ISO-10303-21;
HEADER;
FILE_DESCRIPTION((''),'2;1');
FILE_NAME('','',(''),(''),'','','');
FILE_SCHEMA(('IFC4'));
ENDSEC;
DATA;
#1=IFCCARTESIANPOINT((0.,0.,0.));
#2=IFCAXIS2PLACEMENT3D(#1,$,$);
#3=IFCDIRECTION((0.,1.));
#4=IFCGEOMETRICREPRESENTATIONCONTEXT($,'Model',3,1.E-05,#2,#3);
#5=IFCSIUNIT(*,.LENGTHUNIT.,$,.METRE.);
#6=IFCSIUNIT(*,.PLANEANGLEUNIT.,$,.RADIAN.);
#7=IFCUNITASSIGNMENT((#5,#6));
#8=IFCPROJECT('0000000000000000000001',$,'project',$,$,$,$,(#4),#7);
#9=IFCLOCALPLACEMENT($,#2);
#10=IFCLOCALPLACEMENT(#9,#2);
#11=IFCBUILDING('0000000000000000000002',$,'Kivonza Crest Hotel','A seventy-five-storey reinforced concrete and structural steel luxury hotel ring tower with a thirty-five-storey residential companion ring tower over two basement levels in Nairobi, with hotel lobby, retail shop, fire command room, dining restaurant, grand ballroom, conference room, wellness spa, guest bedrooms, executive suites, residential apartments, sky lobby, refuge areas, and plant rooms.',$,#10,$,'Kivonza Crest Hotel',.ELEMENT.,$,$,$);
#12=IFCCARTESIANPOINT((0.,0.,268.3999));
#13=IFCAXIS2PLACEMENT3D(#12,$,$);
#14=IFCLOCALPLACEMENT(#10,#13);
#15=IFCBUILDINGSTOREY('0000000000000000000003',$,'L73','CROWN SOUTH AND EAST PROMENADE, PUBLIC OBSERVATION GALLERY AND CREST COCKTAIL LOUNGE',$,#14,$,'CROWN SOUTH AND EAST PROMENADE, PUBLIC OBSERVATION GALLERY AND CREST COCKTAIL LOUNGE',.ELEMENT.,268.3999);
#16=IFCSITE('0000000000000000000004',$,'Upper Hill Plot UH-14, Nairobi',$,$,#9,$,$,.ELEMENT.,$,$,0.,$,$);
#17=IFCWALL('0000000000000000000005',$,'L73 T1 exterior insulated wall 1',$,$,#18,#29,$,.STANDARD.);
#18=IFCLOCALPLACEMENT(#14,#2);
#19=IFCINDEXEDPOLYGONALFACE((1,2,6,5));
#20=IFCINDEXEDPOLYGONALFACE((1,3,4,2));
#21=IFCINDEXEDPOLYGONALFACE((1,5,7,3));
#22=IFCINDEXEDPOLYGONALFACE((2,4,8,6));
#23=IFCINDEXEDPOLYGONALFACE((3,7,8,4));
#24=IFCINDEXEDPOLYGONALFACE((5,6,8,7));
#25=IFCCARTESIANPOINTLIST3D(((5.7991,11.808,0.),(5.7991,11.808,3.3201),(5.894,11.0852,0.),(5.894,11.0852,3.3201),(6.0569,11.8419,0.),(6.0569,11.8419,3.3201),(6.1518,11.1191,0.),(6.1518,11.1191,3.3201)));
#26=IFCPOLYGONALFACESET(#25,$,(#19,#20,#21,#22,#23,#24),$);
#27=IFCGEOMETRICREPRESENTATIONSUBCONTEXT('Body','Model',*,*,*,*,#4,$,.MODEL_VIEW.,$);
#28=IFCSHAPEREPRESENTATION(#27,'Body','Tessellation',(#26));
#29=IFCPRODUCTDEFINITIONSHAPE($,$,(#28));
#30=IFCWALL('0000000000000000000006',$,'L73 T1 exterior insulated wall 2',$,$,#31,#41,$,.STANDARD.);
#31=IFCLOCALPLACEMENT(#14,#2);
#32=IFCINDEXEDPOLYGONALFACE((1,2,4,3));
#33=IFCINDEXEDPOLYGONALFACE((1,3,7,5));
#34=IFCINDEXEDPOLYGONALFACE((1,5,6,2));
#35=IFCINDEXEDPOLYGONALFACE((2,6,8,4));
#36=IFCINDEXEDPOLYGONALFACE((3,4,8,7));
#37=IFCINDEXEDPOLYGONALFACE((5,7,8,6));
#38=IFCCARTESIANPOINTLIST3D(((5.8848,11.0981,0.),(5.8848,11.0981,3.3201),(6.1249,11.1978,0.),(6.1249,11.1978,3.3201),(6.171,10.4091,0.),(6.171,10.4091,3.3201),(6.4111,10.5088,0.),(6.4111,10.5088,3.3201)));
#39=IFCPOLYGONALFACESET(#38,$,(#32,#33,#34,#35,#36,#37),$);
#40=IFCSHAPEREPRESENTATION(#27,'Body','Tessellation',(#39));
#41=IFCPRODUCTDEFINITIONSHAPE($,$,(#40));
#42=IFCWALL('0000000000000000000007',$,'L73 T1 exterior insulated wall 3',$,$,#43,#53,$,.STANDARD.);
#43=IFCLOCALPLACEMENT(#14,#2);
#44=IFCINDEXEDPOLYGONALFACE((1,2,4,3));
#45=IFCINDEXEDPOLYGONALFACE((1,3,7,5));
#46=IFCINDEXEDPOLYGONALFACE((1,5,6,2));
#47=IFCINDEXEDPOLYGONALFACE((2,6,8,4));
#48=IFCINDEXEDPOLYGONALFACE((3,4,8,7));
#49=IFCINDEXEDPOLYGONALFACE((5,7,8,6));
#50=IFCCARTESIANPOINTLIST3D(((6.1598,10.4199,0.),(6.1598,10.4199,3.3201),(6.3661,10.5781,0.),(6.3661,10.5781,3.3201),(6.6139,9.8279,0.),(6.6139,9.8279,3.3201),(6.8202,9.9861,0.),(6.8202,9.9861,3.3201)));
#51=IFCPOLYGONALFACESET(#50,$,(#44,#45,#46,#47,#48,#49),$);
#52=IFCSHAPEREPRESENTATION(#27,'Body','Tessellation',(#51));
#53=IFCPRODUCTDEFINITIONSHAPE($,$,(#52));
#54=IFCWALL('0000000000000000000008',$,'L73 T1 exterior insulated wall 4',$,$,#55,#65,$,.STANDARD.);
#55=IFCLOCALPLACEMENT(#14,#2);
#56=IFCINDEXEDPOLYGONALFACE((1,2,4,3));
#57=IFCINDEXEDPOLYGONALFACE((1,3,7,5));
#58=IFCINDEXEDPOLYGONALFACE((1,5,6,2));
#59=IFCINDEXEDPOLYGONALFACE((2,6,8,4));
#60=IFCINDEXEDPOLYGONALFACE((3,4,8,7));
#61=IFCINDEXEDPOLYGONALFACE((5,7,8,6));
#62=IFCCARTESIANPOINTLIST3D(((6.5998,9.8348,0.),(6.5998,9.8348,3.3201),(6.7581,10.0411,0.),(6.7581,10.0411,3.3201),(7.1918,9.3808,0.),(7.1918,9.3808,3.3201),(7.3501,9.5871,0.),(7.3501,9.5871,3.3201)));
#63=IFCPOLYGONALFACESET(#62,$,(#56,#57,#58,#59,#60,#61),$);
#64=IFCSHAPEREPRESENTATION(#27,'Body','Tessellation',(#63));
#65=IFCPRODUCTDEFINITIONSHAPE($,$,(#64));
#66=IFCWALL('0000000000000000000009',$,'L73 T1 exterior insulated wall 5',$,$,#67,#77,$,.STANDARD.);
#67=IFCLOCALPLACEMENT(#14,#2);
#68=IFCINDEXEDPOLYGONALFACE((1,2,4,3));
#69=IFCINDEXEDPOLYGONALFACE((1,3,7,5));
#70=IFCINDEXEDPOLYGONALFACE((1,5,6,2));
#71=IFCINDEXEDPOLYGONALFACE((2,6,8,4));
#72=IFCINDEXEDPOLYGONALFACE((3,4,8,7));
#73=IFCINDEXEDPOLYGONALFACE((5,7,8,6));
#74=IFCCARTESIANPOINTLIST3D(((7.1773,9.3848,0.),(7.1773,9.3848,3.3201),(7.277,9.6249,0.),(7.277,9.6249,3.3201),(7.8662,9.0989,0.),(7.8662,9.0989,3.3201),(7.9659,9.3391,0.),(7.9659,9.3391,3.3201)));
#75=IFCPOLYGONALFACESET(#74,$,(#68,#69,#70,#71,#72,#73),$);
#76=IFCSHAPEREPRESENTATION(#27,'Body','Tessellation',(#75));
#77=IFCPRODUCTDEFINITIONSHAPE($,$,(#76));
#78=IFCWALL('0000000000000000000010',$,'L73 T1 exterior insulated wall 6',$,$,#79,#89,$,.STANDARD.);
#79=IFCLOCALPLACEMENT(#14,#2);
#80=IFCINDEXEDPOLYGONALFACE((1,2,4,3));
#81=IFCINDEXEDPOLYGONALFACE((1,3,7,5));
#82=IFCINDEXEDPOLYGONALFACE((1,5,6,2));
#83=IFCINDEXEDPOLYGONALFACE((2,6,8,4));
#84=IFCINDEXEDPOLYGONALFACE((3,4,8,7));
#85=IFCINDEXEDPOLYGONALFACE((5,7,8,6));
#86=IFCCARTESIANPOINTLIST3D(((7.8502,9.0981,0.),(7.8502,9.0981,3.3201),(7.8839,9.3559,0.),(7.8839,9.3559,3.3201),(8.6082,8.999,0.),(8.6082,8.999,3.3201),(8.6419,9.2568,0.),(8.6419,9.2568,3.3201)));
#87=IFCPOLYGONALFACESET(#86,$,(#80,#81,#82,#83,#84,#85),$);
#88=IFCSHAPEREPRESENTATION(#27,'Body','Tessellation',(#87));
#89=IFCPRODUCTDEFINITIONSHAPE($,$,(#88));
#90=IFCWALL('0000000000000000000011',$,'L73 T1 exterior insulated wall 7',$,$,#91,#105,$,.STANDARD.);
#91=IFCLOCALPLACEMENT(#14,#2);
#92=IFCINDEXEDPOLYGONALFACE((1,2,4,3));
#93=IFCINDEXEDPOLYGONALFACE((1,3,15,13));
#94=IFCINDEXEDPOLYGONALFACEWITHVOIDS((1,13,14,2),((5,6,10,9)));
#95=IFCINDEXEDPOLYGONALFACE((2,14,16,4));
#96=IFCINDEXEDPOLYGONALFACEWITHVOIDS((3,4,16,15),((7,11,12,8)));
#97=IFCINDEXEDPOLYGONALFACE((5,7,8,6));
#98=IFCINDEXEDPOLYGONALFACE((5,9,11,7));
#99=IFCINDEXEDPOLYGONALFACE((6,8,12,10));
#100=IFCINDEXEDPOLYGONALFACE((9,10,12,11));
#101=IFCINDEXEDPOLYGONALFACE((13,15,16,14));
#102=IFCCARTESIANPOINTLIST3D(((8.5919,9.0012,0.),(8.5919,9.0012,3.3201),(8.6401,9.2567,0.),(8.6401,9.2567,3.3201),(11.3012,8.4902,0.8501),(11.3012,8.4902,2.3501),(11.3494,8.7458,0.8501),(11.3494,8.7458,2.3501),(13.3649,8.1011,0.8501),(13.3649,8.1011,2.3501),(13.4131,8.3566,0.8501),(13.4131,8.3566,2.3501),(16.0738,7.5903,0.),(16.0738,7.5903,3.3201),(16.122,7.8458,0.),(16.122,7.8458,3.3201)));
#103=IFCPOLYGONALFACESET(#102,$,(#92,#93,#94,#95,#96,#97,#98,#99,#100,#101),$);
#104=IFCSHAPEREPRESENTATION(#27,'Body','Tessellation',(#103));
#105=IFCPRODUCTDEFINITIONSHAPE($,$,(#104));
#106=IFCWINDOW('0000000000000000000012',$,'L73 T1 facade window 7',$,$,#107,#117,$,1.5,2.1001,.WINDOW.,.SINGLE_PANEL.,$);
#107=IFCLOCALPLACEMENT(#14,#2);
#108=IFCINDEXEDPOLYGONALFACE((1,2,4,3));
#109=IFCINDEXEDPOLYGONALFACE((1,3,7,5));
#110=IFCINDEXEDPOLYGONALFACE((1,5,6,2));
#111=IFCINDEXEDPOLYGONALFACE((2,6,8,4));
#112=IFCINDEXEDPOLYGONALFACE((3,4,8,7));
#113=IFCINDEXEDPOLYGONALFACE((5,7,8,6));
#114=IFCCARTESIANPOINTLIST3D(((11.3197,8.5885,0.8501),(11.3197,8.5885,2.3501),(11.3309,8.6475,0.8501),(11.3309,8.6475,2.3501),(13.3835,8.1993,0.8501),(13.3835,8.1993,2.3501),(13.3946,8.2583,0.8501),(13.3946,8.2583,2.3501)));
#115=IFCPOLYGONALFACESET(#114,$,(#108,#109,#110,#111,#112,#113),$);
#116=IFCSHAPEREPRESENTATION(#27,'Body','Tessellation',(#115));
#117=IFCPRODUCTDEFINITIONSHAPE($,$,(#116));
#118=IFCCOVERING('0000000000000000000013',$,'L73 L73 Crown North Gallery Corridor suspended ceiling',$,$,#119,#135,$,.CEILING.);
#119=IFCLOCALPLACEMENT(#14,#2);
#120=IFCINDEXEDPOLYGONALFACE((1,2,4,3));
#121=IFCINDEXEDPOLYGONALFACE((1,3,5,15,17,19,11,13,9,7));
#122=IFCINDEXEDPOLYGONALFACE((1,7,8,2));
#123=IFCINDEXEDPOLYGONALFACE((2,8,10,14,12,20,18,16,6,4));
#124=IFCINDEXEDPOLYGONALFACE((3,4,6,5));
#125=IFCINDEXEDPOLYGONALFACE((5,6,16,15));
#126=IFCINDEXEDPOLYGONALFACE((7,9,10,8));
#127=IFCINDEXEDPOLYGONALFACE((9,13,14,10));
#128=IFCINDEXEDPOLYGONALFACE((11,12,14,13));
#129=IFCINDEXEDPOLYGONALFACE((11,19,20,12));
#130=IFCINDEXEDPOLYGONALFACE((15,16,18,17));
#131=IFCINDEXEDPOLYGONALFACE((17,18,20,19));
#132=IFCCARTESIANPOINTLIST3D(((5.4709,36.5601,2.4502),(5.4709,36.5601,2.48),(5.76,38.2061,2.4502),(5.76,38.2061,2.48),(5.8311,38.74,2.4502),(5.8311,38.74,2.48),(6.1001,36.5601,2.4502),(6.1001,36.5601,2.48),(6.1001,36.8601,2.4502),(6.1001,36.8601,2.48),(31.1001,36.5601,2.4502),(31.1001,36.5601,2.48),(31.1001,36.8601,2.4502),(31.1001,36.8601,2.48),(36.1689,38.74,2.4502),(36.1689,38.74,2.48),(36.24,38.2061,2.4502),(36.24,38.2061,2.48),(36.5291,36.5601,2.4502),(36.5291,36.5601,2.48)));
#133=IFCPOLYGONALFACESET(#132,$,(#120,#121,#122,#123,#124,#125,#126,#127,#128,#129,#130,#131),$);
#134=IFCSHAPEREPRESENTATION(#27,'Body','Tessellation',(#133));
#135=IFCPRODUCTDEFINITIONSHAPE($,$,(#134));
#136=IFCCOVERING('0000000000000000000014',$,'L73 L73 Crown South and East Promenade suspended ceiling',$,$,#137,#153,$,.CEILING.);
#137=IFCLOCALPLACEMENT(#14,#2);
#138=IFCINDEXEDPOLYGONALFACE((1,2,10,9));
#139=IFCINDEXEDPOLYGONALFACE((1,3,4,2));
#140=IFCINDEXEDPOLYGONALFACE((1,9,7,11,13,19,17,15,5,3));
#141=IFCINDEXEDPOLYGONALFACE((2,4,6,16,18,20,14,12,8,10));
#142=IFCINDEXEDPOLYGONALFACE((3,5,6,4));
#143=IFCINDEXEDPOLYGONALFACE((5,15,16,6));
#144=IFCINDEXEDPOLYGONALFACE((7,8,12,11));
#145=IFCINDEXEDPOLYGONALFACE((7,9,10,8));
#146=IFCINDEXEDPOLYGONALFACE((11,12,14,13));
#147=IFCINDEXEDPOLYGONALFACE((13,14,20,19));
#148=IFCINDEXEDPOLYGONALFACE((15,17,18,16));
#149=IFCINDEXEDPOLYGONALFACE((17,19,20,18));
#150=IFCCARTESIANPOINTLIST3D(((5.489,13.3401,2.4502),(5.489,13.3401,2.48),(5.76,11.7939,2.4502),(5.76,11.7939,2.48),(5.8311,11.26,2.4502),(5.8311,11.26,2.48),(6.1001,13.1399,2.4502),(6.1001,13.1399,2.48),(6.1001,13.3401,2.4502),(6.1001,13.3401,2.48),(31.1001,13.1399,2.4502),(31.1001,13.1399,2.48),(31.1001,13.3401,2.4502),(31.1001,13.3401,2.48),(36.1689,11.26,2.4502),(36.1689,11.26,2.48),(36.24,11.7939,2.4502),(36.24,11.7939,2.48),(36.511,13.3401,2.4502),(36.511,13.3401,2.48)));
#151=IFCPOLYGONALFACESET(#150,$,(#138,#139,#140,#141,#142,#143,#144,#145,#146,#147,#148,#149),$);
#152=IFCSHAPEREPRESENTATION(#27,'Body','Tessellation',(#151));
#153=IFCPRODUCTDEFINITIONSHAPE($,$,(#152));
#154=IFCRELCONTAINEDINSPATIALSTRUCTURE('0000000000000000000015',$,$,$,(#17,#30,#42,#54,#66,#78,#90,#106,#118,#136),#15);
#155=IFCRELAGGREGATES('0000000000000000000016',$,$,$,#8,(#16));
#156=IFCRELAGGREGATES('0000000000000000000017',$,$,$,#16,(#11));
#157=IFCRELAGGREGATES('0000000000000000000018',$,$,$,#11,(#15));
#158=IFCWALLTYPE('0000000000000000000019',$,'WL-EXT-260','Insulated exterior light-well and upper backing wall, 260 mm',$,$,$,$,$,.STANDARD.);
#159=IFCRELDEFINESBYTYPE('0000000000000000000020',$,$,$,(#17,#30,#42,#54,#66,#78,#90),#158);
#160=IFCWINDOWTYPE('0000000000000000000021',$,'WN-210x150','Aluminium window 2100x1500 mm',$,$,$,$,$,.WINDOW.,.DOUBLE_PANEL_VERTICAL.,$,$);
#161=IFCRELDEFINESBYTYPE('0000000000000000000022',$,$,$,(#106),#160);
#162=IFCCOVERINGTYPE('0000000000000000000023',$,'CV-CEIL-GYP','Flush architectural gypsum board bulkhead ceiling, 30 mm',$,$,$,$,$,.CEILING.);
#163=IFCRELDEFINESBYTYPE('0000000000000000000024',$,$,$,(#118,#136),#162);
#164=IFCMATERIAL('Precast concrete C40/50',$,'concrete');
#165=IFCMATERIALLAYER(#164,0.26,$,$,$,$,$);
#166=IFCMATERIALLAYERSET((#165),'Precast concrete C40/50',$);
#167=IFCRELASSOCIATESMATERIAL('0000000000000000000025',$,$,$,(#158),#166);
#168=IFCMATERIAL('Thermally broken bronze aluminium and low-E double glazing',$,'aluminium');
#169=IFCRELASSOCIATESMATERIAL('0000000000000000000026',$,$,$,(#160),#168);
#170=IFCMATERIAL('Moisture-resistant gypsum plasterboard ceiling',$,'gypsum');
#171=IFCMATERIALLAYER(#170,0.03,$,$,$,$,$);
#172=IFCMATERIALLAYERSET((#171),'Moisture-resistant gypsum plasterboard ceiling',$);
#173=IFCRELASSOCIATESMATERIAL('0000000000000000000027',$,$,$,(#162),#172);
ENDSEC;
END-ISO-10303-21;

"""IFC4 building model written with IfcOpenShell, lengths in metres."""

from ifc_helpers import new_model, si_unit, direction, frame, frame_2d, origin, place, context, subcontext, project, spatial, polyline, rectangle, outline, extrude, material, layer, layer_set, type_object, element, fill, save


model = new_model("IFC4")

# Units and contexts
model_context = context("Model", 3, precision=1e-05, world=origin(), true_north=direction((0.0, 1.0)))
body_context = subcontext(model_context, "Body", "Model", "MODEL_VIEW")
ifc_project = project(units=[si_unit("LENGTHUNIT", "METRE"), si_unit("PLANEANGLEUNIT", "RADIAN")], contexts=[model_context])

# Site, building, storey
site_placement = place(None, origin())
site = spatial("IfcSite", under=ifc_project, at=site_placement, Name="Upper Hill Plot UH-14, Nairobi", CompositionType="ELEMENT", RefElevation=0.0)
building_placement = place(site_placement, origin())
building = spatial("IfcBuilding", under=site, at=building_placement, Name="Kivonza Crest Hotel", Description="A seventy-five-storey reinforced concrete and structural steel luxury hotel ring tower with a thirty-five-storey residential companion ring tower over two basement levels in Nairobi, with hotel lobby, retail shop, fire command room, dining restaurant, grand ballroom, conference room, wellness spa, guest bedrooms, executive suites, residential apartments, sky lobby, refuge areas, and plant rooms.", LongName="Kivonza Crest Hotel", CompositionType="ELEMENT")
storey_placement = place(building_placement, frame((0.0, 0.0, 268.3999)))
storey = spatial("IfcBuildingStorey", under=building, at=storey_placement, Name="L73", Description="CROWN SOUTH AND EAST PROMENADE, PUBLIC OBSERVATION GALLERY AND CREST COCKTAIL LOUNGE", LongName="CROWN SOUTH AND EAST PROMENADE, PUBLIC OBSERVATION GALLERY AND CREST COCKTAIL LOUNGE", CompositionType="ELEMENT", Elevation=268.3999)

# Walls
ifc_material_1 = material(Name="Precast concrete C40/50", Category="concrete")
ifc_layer_1 = layer(ifc_material_1, 0.26)
ifc_layer_set_1 = layer_set([ifc_layer_1], Name="Precast concrete C40/50")
wall_type_1 = type_object("IfcWallType", Name="WL-EXT-260", Description="Insulated exterior light-well and upper backing wall, 260 mm", PredefinedType="STANDARD", material=ifc_layer_set_1)
wall_1_placement = place(storey_placement, frame((5.928, 11.825, 0.0), z_axis=(0.0, 0.0, 1.0), x_axis=(0.130255, -0.99148, 0.0)))
element("IfcWall", 1, at=wall_1_placement, inside=storey, type_object=wall_type_1, Name="L73 T1 exterior insulated wall 1", PredefinedType="STANDARD", context=body_context, shape_type="SweptSolid", body=[
    extrude(rectangle(XDim=0.729, YDim=0.26, at=frame_2d((0.3645, 0.0))), origin(), (0.0, 0.0, 1.0), 3.3201),
])
for number, where, z_axis, x_axis, name in (
    (2, (6.0049, 11.1479, 0.0), (0.0, 0.0, 1.0), (0.383546, -0.923522, 0.0), "L73 T1 exterior insulated wall 2"),
    (3, (6.2629, 10.499, 0.0), (0.0, 0.0, 1.0), (0.608603, -0.793475, 0.0), "L73 T1 exterior insulated wall 3"),
    (4, (6.679, 9.938, 0.0), (0.0, 0.0, 1.0), (0.793475, -0.608603, 0.0), "L73 T1 exterior insulated wall 4"),
):
    element("IfcWall", number, at=place(storey_placement, frame(where, z_axis=z_axis, x_axis=x_axis)), inside=storey, type_object=wall_type_1, Name=name, PredefinedType="STANDARD", context=body_context, shape_type="SweptSolid", body=[
        extrude(rectangle(XDim=0.7461, YDim=0.26, at=frame_2d((0.373, 0.0))), origin(), (0.0, 0.0, 1.0), 3.3201),
    ])
wall_2_placement = place(storey_placement, frame((7.2271, 9.5049, 0.0), z_axis=(0.0, 0.0, 1.0), x_axis=(0.923638, -0.383267, 0.0)))
element("IfcWall", 5, at=wall_2_placement, inside=storey, type_object=wall_type_1, Name="L73 T1 exterior insulated wall 5", PredefinedType="STANDARD", context=body_context, shape_type="SweptSolid", body=[
    extrude(rectangle(XDim=0.7458, YDim=0.26, at=frame_2d((0.373, 0.0))), origin(), (0.0, 0.0, 1.0), 3.3201),
])
wall_3_placement = place(storey_placement, frame((7.8669, 9.2271, 0.0), z_axis=(0.0, 0.0, 1.0), x_axis=(0.991559, -0.129653, 0.0)))
element("IfcWall", 6, at=wall_3_placement, inside=storey, type_object=wall_type_1, Name="L73 T1 exterior insulated wall 6", PredefinedType="STANDARD", context=body_context, shape_type="SweptSolid", body=[
    extrude(rectangle(XDim=0.7644, YDim=0.26, at=frame_2d((0.3823, 0.0))), origin(), (0.0, 0.0, 1.0), 3.3201),
])

# Wall, opening, window
wall_4_placement = place(storey_placement, frame((8.616, 9.1289, 0.0), z_axis=(0.0, 0.0, 1.0), x_axis=(0.982681, -0.185307, 0.0)))
wall_4 = element("IfcWall", 7, at=wall_4_placement, inside=storey, type_object=wall_type_1, Name="L73 T1 exterior insulated wall 7", PredefinedType="STANDARD", context=body_context, shape_type="SweptSolid", body=[
    extrude(rectangle(XDim=7.6138, YDim=0.26, at=frame_2d((3.8069, 0.0))), origin(), (0.0, 0.0, 1.0), 3.3201),
])
opening_1_placement = place(wall_4_placement, frame((2.7571, 0.0, 0.8501)))
opening_1 = element("IfcOpeningElement", 8, at=opening_1_placement, cuts=wall_4, PredefinedType="OPENING", context=body_context, shape_type="SweptSolid", body=[
    extrude(rectangle(XDim=2.1001, YDim=1.5, at=frame_2d((1.05, 0.75))), frame((0.0, 0.1401, 0.0), z_axis=(0.0, -1.0, 0.0), x_axis=(1.0, 0.0, 0.0)), (0.0, 0.0, 1.0), 0.28),
])
ifc_material_2 = material(Name="Thermally broken bronze aluminium and low-E double glazing", Category="aluminium")
window_type = type_object("IfcWindowType", Name="WN-210x150", Description="Aluminium window 2100x1500 mm", PartitioningType="DOUBLE_PANEL_VERTICAL", PredefinedType="WINDOW", material=ifc_material_2)
window_placement = place(opening_1_placement, origin())
window = element("IfcWindow", 9, at=window_placement, inside=storey, type_object=window_type, Name="L73 T1 facade window 7", OverallHeight=1.5, OverallWidth=2.1001, PartitioningType="SINGLE_PANEL", PredefinedType="WINDOW", context=body_context, shape_type="SweptSolid", body=[
    extrude(rectangle(XDim=2.1001, YDim=1.5, at=frame_2d((1.05, 0.75))), frame((0.0, 0.03, 0.0), z_axis=(0.0, -1.0, 0.0), x_axis=(1.0, 0.0, 0.0)), (0.0, 0.0, 1.0), 0.0601),
])
fill(opening_1, window)

# Coverings
ifc_material_3 = material(Name="Moisture-resistant gypsum plasterboard ceiling", Category="gypsum")
ifc_layer_2 = layer(ifc_material_3, 0.03)
ifc_layer_set_2 = layer_set([ifc_layer_2], Name="Moisture-resistant gypsum plasterboard ceiling")
covering_type = type_object("IfcCoveringType", Name="CV-CEIL-GYP", Description="Flush architectural gypsum board bulkhead ceiling, 30 mm", PredefinedType="CEILING", material=ifc_layer_set_2)
covering_1_placement = place(storey_placement, frame((0.0, 0.0, 2.4502)))
element("IfcCovering", 10, at=covering_1_placement, inside=storey, type_object=covering_type, Name="L73 L73 Crown North Gallery Corridor suspended ceiling", PredefinedType="CEILING", context=body_context, shape_type="SweptSolid", body=[
    extrude(outline(polyline([(5.8311, 38.74), (5.76, 38.2061), (5.4709, 36.5601), (6.1001, 36.5601), (6.1001, 36.8601), (31.1001, 36.8601), (31.1001, 36.5601), (36.5291, 36.5601), (36.24, 38.2061), (36.1689, 38.74), (5.8311, 38.74)])), origin(), (0.0, 0.0, 1.0), 0.0298),
])
covering_2_placement = place(storey_placement, frame((0.0, 0.0, 2.4502)))
element("IfcCovering", 11, at=covering_2_placement, inside=storey, type_object=covering_type, Name="L73 L73 Crown South and East Promenade suspended ceiling", PredefinedType="CEILING", context=body_context, shape_type="SweptSolid", body=[
    extrude(outline(polyline([(36.24, 11.7939), (36.511, 13.3401), (31.1001, 13.3401), (31.1001, 13.1399), (6.1001, 13.1399), (6.1001, 13.3401), (5.489, 13.3401), (5.76, 11.7939), (5.8311, 11.26), (36.1689, 11.26), (36.24, 11.7939)])), origin(), (0.0, 0.0, 1.0), 0.0298),
])

save(model, "model.ifc")
